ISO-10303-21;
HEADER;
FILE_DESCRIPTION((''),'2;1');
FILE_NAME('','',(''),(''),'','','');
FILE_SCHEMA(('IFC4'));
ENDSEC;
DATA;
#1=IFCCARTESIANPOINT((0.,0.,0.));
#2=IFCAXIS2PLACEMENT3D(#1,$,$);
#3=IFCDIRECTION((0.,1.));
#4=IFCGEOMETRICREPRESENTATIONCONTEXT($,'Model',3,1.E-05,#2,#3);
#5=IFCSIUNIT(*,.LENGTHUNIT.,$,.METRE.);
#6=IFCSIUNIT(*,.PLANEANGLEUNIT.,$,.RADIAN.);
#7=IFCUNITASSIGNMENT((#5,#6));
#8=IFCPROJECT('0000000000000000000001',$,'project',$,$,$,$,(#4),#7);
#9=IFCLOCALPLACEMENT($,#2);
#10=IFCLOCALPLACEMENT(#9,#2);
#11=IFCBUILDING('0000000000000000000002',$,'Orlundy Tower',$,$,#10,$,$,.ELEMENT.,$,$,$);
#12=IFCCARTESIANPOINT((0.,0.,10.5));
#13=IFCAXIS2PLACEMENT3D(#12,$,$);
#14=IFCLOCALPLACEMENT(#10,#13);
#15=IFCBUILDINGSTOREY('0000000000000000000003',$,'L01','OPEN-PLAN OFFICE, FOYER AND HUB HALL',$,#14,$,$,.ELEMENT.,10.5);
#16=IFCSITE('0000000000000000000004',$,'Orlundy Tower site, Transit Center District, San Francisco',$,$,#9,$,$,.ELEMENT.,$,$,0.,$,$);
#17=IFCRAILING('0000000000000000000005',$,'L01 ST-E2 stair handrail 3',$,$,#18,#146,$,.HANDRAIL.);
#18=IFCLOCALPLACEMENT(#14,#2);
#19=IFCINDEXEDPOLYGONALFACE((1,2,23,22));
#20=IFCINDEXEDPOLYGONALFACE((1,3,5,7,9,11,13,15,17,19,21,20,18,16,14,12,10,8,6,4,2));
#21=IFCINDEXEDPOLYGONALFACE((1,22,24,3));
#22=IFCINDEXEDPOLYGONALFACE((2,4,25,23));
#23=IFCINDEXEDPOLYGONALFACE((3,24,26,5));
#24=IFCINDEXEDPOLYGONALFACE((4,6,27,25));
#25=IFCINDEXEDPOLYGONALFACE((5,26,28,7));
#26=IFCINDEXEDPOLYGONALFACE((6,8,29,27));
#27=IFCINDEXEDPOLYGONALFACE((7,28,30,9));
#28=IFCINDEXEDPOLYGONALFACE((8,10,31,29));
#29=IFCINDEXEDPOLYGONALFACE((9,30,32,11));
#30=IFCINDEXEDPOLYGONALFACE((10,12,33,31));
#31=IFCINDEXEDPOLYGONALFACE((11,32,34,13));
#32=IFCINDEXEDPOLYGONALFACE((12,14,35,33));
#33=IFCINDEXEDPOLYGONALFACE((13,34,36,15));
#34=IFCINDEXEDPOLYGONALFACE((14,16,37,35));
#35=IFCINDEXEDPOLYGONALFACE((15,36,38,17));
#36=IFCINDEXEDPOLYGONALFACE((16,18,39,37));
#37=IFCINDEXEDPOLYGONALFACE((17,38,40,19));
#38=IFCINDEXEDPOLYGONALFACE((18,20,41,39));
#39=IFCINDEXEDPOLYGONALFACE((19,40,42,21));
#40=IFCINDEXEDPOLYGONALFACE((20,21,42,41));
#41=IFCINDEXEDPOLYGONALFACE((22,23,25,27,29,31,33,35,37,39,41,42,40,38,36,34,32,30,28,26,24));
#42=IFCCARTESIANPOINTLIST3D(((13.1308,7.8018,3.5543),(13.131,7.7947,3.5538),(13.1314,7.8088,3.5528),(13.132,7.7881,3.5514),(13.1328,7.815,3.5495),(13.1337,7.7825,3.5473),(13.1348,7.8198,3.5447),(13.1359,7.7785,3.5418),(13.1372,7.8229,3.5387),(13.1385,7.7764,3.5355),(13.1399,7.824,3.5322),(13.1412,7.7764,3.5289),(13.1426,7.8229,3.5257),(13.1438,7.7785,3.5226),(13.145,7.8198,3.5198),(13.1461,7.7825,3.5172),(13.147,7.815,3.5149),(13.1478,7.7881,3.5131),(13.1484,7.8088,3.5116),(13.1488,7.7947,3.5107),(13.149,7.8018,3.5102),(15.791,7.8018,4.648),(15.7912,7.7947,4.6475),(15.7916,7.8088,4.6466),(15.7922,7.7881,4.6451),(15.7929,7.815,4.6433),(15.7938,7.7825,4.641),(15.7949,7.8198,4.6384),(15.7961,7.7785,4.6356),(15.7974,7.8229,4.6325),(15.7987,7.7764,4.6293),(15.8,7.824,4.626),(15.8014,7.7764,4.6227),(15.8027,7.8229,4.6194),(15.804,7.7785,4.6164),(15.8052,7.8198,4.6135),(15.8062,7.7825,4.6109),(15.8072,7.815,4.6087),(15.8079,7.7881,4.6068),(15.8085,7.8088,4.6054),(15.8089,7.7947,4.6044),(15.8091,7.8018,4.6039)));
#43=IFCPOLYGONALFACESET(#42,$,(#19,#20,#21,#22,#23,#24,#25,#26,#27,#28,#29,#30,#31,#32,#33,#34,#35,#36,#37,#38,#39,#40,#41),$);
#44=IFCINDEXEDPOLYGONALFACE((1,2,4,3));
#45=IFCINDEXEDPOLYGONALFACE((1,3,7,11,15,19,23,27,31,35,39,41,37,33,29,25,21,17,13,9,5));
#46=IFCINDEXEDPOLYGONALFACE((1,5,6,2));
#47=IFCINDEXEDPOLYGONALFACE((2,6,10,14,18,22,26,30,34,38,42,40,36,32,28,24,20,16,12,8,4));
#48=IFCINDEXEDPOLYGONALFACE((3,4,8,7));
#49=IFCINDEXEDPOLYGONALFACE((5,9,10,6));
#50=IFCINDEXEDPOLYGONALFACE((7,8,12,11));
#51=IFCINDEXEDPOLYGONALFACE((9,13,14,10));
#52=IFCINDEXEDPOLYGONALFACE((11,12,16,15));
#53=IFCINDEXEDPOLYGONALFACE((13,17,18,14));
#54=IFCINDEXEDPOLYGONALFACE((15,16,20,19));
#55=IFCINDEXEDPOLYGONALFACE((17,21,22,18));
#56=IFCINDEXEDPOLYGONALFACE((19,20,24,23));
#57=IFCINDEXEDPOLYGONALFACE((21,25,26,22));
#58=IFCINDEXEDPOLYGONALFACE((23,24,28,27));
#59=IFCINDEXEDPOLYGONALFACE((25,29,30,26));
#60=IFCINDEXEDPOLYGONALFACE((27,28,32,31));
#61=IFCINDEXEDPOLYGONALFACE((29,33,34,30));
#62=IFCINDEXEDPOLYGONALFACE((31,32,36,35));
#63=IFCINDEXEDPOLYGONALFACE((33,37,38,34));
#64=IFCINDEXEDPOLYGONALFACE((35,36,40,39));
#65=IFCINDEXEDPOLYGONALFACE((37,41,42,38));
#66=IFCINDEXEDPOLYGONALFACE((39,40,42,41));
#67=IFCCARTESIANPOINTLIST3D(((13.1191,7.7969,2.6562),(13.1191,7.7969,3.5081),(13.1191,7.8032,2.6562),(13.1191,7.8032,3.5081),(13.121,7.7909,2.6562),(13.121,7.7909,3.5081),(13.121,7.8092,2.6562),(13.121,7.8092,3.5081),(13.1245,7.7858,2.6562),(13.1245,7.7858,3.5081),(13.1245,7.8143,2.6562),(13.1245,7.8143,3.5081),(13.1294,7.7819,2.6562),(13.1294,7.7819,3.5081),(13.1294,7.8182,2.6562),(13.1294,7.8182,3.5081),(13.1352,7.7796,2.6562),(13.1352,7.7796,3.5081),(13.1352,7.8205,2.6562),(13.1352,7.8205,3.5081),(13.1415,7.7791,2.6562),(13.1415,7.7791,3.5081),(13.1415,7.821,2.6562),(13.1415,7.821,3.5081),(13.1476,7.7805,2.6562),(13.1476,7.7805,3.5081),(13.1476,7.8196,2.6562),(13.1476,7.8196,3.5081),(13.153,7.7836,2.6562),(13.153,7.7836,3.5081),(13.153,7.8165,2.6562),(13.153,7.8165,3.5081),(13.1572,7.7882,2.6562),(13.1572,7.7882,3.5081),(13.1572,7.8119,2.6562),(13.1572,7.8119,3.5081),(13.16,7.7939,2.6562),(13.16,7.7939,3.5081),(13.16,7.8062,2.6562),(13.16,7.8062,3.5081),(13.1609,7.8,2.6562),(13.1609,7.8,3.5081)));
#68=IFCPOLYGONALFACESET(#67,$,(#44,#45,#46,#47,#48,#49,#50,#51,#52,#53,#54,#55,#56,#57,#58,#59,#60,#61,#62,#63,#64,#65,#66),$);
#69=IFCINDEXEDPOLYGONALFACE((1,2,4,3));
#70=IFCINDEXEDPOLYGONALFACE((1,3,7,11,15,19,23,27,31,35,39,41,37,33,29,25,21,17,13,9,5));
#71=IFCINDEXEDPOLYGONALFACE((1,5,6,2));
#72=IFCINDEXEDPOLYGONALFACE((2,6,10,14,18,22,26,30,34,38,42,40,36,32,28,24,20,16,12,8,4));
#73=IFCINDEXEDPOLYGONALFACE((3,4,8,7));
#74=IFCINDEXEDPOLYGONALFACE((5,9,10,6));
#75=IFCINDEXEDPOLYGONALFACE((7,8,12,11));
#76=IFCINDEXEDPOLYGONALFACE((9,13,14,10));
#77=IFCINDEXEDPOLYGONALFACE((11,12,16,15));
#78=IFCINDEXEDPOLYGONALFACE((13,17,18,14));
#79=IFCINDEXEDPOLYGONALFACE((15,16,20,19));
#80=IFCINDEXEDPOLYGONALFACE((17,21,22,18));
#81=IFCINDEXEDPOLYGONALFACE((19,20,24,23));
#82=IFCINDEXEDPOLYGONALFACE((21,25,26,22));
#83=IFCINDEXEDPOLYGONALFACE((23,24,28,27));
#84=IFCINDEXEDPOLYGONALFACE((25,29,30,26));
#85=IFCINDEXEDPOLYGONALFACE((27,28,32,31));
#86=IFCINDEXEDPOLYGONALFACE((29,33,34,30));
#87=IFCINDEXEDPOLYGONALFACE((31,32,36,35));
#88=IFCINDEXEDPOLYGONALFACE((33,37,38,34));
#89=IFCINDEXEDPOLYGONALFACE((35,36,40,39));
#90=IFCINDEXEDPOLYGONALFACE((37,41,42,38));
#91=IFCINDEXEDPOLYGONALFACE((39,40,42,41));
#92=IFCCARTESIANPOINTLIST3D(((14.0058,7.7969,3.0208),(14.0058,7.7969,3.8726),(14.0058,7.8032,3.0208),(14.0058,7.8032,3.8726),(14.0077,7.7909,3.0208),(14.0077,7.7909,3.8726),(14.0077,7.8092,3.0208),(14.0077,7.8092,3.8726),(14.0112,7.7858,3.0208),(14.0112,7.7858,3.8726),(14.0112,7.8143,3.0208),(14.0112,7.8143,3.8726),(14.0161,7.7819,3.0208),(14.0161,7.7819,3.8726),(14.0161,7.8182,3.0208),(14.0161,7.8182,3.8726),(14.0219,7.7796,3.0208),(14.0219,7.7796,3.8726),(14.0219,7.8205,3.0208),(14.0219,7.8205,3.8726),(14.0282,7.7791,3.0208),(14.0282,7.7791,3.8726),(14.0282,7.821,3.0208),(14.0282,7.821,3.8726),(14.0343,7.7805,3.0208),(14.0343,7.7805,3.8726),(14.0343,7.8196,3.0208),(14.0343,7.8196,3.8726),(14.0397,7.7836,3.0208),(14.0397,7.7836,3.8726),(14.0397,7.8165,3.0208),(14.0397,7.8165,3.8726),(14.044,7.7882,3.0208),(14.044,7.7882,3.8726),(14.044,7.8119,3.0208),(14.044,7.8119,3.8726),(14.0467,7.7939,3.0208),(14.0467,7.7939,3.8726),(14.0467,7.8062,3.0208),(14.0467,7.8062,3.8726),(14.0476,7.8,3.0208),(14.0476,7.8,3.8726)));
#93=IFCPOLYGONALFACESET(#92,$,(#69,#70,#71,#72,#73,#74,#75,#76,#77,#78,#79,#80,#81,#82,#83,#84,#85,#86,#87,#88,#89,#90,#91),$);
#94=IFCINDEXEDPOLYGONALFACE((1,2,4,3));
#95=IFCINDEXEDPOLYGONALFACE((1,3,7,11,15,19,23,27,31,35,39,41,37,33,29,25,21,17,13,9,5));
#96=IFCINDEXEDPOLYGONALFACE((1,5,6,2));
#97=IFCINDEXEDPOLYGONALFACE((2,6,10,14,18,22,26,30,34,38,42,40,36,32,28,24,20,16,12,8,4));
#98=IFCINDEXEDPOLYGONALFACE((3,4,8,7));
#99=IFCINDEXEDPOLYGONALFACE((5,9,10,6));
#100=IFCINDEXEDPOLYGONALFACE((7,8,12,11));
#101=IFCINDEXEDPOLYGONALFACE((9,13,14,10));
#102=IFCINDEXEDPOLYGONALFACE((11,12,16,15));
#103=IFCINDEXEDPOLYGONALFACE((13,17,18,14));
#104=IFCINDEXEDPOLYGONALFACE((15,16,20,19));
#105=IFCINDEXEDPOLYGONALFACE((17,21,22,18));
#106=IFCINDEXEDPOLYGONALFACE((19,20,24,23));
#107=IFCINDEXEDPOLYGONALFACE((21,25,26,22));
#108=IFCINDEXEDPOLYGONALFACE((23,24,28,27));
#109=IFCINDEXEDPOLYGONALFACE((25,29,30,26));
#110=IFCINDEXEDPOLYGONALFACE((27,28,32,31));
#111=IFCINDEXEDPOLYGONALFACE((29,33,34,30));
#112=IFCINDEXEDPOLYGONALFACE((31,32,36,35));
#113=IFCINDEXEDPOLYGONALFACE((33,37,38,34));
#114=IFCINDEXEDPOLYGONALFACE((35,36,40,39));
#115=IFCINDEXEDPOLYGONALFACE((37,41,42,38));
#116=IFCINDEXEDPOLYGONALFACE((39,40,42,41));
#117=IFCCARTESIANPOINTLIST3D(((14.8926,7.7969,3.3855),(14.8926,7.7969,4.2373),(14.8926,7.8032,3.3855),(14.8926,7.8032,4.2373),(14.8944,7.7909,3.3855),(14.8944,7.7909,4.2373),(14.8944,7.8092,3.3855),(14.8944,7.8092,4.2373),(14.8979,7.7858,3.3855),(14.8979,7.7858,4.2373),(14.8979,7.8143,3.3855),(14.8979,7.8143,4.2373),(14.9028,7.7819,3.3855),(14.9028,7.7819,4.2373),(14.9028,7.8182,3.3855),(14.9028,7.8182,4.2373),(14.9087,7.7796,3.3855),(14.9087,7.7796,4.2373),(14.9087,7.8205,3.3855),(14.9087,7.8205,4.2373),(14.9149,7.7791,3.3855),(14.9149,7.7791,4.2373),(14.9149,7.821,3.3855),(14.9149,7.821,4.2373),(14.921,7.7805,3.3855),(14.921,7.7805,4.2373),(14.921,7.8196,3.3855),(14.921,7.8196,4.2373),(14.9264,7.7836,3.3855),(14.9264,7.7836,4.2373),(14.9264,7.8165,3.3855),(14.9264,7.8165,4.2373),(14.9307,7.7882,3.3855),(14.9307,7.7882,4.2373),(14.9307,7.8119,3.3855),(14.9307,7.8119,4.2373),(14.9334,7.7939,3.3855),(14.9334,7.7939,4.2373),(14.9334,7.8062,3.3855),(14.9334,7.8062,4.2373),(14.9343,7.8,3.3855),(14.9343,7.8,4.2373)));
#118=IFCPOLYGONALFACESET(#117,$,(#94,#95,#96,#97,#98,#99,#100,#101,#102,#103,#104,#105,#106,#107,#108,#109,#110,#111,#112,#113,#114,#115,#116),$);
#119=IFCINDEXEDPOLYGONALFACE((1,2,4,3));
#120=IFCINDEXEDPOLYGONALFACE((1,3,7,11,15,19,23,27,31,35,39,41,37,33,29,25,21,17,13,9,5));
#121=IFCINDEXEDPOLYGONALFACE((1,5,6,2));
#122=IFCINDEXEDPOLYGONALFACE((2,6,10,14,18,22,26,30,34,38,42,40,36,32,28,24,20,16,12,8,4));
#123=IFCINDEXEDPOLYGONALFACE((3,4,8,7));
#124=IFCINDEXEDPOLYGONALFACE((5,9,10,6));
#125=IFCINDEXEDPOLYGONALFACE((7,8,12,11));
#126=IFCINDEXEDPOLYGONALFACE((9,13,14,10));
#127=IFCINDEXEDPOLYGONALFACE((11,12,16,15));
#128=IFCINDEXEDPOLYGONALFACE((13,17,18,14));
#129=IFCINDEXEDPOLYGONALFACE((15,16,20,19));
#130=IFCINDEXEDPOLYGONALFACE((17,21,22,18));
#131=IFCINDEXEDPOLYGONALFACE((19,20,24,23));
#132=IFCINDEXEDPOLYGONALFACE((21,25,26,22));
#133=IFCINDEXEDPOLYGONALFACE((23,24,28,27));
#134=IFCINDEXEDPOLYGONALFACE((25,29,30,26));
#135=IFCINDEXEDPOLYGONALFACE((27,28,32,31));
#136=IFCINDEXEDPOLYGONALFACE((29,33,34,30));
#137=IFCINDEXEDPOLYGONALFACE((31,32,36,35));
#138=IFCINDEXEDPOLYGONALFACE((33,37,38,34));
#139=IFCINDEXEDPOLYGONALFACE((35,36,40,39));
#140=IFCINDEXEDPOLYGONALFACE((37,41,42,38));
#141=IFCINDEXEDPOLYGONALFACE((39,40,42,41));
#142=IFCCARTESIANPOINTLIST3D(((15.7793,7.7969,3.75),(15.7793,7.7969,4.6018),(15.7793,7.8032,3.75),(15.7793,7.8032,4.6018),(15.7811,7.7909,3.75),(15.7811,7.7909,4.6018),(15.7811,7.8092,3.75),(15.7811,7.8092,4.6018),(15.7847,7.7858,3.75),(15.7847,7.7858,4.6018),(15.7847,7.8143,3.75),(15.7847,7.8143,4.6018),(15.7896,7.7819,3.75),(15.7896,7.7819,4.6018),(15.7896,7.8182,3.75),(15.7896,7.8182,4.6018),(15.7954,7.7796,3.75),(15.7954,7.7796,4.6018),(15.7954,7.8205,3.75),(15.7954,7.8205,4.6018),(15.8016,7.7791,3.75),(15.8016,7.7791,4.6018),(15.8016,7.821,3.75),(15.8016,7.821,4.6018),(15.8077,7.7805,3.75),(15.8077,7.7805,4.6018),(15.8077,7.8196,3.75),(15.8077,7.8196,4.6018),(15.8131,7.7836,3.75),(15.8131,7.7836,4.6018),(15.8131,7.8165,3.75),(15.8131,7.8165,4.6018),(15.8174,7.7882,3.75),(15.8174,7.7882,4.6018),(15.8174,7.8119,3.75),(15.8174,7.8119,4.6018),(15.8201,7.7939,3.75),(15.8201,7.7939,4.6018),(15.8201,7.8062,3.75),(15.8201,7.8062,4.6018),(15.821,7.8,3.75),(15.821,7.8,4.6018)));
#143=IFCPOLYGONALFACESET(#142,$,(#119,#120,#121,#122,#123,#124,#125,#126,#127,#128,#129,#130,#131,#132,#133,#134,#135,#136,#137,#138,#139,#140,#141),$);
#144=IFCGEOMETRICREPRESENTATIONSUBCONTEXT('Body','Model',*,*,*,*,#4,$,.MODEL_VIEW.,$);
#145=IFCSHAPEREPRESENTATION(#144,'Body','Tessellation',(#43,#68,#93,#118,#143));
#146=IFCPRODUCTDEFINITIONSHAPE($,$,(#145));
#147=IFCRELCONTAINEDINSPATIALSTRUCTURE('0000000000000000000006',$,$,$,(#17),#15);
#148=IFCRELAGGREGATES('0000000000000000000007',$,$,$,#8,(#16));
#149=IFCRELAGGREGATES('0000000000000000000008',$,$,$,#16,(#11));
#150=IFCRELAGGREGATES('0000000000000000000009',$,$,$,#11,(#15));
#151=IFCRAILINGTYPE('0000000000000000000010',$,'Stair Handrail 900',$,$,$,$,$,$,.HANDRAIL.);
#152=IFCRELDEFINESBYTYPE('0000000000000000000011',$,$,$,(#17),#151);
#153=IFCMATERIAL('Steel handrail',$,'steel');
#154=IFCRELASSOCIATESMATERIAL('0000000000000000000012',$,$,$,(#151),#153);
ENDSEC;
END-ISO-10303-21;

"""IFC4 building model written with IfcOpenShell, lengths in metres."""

from ifc_helpers import new_model, si_unit, direction, frame, origin, origin_2d, place, context, subcontext, project, spatial, circle, extrude, material, type_object, element, save


model = new_model("IFC4")

# Units and contexts
model_context = context("Model", 3, precision=1e-05, world=origin(), true_north=direction((0.0, 1.0)))
body_context = subcontext(model_context, "Body", "Model", "MODEL_VIEW")
ifc_project = project(units=[si_unit("LENGTHUNIT", "METRE"), si_unit("PLANEANGLEUNIT", "RADIAN")], contexts=[model_context])

# Site, building, storey
site_placement = place(None, origin())
site = spatial("IfcSite", under=ifc_project, at=site_placement, Name="Orlundy Tower site, Transit Center District, San Francisco", CompositionType="ELEMENT", RefElevation=0.0)
building_placement = place(site_placement, origin())
building = spatial("IfcBuilding", under=site, at=building_placement, Name="Orlundy Tower", CompositionType="ELEMENT")
storey_placement = place(building_placement, frame((0.0, 0.0, 10.5)))
storey = spatial("IfcBuildingStorey", under=building, at=storey_placement, Name="L01", Description="OPEN-PLAN OFFICE, FOYER AND HUB HALL", CompositionType="ELEMENT", Elevation=10.5)

# Railing
ifc_material_1 = material(Name="Steel handrail", Category="steel")
railing_type_1 = type_object("IfcRailingType", Name="Stair Handrail 900", PredefinedType="HANDRAIL", material=ifc_material_1)
for number, where, name in (
    (1, (13.1399, 7.8, 2.6562), "L01 ST-E2 stair handrail 3"),
):
    element("IfcRailing", number, at=place(storey_placement, frame(where)), inside=storey, type_object=railing_type_1, Name=name, PredefinedType="HANDRAIL", context=body_context, shape_type="SweptSolid", body=[
        extrude(circle(Radius=0.0239, at=origin_2d()), frame((0.0, 0.0, 0.876), z_axis=(0.924875, 0.0, 0.380272), x_axis=(0.0, 1.0, 0.0)), (0.0, 0.0, 1.0), 2.8762),
        extrude(circle(Radius=0.021, at=origin_2d()), origin(), (0.0, 0.0, 1.0), 0.8518),
        extrude(circle(Radius=0.021, at=origin_2d()), frame((0.8867, 0.0, 0.3645)), (0.0, 0.0, 1.0), 0.8518),
        extrude(circle(Radius=0.021, at=origin_2d()), frame((1.7734, 0.0, 0.7292)), (0.0, 0.0, 1.0), 0.8518),
        extrude(circle(Radius=0.021, at=origin_2d()), frame((2.6602, 0.0, 1.0938)), (0.0, 0.0, 1.0), 0.8518),
    ])

save(model, "model.ifc")
